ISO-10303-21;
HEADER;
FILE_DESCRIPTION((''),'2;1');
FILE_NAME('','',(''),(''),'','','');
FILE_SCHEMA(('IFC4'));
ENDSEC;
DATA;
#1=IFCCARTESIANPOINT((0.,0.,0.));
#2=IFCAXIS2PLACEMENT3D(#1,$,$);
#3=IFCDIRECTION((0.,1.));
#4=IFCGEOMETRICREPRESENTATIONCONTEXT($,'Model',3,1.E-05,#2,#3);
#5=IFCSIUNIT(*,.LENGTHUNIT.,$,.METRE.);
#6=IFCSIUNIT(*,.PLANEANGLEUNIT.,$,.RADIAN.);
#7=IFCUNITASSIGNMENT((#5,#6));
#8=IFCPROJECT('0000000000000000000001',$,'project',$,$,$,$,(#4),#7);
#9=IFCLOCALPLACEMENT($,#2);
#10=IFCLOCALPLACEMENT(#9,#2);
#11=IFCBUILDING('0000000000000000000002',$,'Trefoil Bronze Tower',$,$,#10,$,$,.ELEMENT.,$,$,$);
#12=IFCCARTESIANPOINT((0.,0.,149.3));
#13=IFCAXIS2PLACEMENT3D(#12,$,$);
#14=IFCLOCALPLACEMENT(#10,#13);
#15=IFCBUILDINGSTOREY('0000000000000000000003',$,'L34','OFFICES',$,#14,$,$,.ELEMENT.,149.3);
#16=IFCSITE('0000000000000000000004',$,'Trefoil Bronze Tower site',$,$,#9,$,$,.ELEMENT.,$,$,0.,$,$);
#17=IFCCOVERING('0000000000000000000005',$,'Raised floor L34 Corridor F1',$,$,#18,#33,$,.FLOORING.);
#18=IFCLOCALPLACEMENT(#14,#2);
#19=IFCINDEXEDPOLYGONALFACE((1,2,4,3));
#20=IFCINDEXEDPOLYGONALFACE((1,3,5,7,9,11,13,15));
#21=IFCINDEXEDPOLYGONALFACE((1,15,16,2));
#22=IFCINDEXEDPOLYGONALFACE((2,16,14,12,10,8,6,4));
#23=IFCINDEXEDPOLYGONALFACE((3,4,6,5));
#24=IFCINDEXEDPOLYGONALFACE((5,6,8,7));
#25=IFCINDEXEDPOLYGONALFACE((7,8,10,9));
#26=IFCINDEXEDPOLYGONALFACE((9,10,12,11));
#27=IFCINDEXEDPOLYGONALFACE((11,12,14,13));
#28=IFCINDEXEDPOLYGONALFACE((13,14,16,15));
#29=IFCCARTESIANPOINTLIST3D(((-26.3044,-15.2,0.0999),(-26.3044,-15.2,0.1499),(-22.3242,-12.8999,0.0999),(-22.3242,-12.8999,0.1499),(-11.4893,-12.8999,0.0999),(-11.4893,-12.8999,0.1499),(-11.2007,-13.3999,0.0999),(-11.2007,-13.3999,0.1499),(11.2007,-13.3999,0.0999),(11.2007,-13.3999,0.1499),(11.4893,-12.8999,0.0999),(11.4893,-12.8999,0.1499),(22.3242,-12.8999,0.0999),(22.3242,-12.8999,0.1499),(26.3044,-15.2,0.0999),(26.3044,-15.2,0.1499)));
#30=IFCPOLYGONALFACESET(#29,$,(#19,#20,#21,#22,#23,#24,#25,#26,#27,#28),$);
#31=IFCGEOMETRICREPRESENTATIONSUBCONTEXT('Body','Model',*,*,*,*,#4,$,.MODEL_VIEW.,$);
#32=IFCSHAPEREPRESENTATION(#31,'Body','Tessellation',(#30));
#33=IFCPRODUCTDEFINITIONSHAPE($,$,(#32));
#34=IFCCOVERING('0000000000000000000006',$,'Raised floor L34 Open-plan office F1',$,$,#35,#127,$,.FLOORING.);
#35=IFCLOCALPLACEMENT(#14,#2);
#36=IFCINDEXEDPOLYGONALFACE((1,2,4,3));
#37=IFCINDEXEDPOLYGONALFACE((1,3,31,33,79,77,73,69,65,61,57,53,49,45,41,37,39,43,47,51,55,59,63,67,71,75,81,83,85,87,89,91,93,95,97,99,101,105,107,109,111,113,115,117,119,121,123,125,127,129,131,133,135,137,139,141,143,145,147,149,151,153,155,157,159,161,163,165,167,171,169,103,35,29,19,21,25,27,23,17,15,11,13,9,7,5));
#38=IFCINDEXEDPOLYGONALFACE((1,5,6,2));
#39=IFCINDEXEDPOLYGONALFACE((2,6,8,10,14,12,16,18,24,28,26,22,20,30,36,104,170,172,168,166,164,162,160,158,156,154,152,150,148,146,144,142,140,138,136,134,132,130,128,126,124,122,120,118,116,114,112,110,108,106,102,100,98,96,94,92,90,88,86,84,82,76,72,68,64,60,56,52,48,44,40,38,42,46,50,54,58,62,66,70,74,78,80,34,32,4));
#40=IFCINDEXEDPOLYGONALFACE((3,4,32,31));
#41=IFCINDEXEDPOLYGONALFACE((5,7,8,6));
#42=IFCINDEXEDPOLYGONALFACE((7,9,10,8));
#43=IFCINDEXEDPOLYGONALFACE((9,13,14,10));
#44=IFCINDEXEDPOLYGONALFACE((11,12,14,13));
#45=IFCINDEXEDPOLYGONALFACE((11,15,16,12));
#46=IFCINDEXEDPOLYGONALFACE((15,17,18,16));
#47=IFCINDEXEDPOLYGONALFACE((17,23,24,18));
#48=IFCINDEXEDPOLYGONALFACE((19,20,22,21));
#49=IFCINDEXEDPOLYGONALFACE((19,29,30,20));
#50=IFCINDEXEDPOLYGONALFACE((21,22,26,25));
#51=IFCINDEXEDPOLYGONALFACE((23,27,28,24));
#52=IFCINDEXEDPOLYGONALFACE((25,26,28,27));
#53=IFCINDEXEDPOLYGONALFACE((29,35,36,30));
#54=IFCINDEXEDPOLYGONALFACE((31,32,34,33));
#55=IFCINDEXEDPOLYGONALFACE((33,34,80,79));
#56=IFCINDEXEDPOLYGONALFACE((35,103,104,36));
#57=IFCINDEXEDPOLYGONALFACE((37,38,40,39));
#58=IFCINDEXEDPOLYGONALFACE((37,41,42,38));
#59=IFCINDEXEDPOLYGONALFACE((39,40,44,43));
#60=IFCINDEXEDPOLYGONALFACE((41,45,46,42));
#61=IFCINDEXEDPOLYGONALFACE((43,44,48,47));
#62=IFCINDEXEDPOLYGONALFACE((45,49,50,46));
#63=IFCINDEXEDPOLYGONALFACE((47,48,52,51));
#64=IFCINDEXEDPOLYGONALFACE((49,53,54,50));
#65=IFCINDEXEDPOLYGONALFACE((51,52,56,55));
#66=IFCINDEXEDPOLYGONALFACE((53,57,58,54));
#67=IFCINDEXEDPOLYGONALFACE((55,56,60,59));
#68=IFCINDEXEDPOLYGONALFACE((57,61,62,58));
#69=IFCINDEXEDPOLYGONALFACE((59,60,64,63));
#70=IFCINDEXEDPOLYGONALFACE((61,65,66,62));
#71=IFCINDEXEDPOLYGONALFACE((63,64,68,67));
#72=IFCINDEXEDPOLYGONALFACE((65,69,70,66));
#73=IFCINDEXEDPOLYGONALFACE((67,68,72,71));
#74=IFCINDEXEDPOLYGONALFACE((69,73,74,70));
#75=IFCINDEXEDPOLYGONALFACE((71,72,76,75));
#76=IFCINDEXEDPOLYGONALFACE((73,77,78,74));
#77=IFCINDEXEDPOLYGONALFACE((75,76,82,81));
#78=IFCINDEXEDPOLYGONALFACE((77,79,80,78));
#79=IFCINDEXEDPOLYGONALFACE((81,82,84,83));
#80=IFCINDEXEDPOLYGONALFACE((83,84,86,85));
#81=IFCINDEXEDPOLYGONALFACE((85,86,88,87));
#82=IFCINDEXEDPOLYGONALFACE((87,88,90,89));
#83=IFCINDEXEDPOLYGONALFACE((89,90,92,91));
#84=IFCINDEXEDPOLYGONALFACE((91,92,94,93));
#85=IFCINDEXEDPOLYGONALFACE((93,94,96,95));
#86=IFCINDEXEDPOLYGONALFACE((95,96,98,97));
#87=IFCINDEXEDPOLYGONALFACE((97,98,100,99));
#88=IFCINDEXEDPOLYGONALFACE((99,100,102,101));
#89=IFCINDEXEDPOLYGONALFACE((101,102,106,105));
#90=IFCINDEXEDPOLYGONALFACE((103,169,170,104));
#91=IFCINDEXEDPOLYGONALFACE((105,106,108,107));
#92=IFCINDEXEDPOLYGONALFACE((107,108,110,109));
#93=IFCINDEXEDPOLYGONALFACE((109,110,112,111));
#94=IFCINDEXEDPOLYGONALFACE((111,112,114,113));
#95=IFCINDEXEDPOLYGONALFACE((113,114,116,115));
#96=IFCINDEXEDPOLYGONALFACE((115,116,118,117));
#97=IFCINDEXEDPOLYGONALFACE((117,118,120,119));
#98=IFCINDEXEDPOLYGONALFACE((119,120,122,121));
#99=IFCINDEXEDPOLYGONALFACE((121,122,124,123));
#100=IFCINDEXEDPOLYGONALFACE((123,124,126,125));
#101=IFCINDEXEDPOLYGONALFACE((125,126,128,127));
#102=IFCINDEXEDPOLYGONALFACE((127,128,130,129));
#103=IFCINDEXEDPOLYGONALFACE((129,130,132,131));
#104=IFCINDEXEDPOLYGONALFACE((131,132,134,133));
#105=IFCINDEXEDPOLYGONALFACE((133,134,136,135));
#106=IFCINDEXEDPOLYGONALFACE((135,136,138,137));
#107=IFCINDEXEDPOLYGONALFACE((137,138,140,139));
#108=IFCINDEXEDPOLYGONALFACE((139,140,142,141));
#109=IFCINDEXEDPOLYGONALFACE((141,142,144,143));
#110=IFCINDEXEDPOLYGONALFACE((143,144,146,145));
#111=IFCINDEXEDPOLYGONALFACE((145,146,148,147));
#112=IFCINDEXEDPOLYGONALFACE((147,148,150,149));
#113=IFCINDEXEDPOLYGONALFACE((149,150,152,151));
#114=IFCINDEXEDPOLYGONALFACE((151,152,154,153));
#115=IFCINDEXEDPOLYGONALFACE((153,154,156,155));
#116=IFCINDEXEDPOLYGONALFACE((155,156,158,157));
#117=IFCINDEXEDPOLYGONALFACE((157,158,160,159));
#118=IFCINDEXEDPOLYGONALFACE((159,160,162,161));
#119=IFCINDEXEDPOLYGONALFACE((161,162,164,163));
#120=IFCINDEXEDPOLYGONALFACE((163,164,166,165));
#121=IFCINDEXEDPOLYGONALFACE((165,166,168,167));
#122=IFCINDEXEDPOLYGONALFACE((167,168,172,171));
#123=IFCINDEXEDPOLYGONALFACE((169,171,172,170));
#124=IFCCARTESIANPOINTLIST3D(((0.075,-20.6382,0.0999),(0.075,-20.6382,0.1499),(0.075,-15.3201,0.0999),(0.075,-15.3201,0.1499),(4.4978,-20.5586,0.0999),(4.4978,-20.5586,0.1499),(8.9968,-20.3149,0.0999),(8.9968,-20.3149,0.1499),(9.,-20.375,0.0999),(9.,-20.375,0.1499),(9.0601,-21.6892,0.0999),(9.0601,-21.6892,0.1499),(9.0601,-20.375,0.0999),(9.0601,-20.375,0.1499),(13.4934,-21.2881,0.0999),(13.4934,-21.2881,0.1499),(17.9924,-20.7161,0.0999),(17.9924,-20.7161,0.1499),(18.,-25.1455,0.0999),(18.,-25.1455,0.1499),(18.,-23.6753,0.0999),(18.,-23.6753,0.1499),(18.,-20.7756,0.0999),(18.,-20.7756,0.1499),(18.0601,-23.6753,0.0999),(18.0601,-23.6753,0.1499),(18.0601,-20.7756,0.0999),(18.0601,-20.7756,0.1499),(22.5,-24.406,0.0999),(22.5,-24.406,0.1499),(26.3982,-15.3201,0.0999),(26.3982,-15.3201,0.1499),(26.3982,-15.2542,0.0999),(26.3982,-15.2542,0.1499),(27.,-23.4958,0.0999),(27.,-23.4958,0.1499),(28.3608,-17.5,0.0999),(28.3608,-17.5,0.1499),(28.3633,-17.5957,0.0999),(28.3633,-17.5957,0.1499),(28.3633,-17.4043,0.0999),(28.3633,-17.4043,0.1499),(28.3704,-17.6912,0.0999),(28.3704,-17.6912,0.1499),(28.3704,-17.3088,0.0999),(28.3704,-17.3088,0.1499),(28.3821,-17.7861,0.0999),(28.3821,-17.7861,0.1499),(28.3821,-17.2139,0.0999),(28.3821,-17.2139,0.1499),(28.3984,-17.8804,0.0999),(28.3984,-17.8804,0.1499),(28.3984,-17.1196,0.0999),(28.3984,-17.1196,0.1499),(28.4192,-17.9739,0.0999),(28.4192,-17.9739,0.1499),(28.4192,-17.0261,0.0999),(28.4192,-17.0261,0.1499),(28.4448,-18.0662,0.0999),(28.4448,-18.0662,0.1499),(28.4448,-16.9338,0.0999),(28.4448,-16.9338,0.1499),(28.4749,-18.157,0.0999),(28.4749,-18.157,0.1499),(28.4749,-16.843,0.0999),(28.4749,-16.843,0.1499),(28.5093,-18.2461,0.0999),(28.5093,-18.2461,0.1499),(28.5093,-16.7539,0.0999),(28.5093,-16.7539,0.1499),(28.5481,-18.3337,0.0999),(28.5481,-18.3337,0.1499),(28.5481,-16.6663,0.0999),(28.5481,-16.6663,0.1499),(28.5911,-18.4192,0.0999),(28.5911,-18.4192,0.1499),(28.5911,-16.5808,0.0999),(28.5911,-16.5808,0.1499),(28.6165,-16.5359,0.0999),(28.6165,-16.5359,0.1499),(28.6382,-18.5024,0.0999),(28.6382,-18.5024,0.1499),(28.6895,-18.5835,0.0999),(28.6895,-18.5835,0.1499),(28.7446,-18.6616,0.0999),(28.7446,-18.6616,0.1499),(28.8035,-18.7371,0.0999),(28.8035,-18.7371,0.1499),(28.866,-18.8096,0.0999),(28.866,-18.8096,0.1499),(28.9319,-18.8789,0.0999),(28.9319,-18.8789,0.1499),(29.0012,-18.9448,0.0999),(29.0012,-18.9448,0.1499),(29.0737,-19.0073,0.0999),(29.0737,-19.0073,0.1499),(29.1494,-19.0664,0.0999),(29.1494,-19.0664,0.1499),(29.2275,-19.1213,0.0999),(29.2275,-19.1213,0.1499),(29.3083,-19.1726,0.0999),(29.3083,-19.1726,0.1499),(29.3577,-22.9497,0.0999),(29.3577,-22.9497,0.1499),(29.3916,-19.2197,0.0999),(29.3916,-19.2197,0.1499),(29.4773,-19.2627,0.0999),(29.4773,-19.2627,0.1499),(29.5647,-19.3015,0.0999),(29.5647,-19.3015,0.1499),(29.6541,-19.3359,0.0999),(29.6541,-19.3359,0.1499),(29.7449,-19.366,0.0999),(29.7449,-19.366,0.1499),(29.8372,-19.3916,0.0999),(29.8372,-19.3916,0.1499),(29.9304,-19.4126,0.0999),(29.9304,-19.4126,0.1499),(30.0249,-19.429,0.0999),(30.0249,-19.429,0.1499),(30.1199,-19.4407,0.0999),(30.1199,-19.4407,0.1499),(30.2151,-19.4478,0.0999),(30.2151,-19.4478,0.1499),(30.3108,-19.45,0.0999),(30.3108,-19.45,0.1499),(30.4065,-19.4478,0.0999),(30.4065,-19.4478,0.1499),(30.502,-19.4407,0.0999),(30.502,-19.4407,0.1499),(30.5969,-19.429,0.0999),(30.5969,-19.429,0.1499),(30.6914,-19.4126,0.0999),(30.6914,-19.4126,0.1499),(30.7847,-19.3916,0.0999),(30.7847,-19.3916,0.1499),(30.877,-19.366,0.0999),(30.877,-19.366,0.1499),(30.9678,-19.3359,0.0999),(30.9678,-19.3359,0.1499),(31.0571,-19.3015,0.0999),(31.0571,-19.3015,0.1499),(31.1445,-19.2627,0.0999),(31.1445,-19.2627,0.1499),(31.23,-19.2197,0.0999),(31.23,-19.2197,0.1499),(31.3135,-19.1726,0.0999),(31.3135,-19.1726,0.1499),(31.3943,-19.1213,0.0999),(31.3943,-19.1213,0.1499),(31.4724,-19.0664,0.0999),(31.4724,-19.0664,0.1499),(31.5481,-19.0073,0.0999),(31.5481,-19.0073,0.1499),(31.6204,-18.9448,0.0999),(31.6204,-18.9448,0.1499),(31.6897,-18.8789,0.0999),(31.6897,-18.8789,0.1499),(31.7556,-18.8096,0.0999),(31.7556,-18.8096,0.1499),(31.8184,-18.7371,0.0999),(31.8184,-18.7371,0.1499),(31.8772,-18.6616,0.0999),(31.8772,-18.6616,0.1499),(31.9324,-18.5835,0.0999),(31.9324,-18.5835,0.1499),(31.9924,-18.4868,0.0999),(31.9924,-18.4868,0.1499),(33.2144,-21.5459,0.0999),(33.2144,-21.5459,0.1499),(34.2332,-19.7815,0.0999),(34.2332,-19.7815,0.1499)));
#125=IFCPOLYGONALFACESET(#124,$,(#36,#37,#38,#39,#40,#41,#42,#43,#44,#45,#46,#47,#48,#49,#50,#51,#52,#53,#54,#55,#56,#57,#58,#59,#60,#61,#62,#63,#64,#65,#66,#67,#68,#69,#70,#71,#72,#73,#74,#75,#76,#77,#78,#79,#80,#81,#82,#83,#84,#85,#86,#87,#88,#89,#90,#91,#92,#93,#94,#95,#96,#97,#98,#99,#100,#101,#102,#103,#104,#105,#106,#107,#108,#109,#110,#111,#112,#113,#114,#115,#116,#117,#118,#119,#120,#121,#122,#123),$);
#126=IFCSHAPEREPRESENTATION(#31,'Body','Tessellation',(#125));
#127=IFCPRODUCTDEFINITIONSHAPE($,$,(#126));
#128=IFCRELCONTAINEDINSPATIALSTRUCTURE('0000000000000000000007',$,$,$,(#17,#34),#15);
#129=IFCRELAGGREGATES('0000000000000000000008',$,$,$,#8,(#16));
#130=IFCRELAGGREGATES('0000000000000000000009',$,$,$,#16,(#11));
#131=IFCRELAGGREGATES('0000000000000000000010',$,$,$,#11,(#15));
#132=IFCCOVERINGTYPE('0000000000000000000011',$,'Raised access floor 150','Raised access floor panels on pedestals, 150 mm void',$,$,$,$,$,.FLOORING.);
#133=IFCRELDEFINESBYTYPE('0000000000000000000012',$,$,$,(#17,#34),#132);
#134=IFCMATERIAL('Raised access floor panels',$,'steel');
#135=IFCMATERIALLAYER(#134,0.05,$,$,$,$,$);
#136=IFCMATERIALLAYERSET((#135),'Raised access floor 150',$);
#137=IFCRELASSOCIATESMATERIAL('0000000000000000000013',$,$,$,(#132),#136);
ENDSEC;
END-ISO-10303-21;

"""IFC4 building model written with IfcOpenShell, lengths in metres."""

from ifc_helpers import new_model, si_unit, direction, frame, origin, place, context, subcontext, project, spatial, polyline, outline, extrude, material, layer, layer_set, type_object, element, save


model = new_model("IFC4")

# Units and contexts
model_context = context("Model", 3, precision=1e-05, world=origin(), true_north=direction((0.0, 1.0)))
body_context = subcontext(model_context, "Body", "Model", "MODEL_VIEW")
ifc_project = project(units=[si_unit("LENGTHUNIT", "METRE"), si_unit("PLANEANGLEUNIT", "RADIAN")], contexts=[model_context])

# Site, building, storey
site_placement = place(None, origin())
site = spatial("IfcSite", under=ifc_project, at=site_placement, Name="Trefoil Bronze Tower site", CompositionType="ELEMENT", RefElevation=0.0)
building_placement = place(site_placement, origin())
building = spatial("IfcBuilding", under=site, at=building_placement, Name="Trefoil Bronze Tower", CompositionType="ELEMENT")
storey_placement = place(building_placement, frame((0.0, 0.0, 149.3)))
storey = spatial("IfcBuildingStorey", under=building, at=storey_placement, Name="L34", Description="OFFICES", CompositionType="ELEMENT", Elevation=149.3)

# Coverings
ifc_material_1 = material(Name="Raised access floor panels", Category="steel")
ifc_layer_1 = layer(ifc_material_1, 0.05)
ifc_layer_set_1 = layer_set([ifc_layer_1], Name="Raised access floor 150")
covering_type_1 = type_object("IfcCoveringType", Name="Raised access floor 150", Description="Raised access floor panels on pedestals, 150 mm void", PredefinedType="FLOORING", material=ifc_layer_set_1)
covering_1_placement = place(storey_placement, frame((0.0, 0.0, 0.0999)))
element("IfcCovering", 1, at=covering_1_placement, inside=storey, type_object=covering_type_1, Name="Raised floor L34 Corridor F1", PredefinedType="FLOORING", context=body_context, shape_type="SweptSolid", body=[
    extrude(outline(polyline([(-26.3044, -15.2), (-22.3242, -12.8999), (-11.4893, -12.8999), (-11.2007, -13.3999), (11.2007, -13.3999), (11.4893, -12.8999), (22.3242, -12.8999), (26.3044, -15.2), (-26.3044, -15.2)])), origin(), (0.0, 0.0, 1.0), 0.05),
])
covering_2_placement = place(storey_placement, frame((0.0, 0.0, 0.0999)))
element("IfcCovering", 2, at=covering_2_placement, inside=storey, type_object=covering_type_1, Name="Raised floor L34 Open-plan office F1", PredefinedType="FLOORING", context=body_context, shape_type="SweptSolid", body=[
    extrude(outline(polyline([(18.0, -23.6753), (18.0601, -23.6753), (18.0601, -20.7756), (18.0, -20.7756), (17.9924, -20.7161), (13.4934, -21.2881), (9.0601, -21.6892), (9.0601, -20.375), (9.0, -20.375), (8.9968, -20.3149), (4.4978, -20.5586), (0.075, -20.6382), (0.075, -15.3201), (26.3982, -15.3201), (26.3982, -15.2542), (28.6165, -16.5359), (28.5911, -16.5808), (28.5481, -16.6663), (28.5093, -16.7539), (28.4749, -16.843), (28.4448, -16.9338), (28.4192, -17.0261), (28.3984, -17.1196), (28.3821, -17.2139), (28.3704, -17.3088), (28.3633, -17.4043), (28.3608, -17.5), (28.3633, -17.5957), (28.3704, -17.6912), (28.3821, -17.7861), (28.3984, -17.8804), (28.4192, -17.9739), (28.4448, -18.0662), (28.4749, -18.157), (28.5093, -18.2461), (28.5481, -18.3337), (28.5911, -18.4192), (28.6382, -18.5024), (28.6895, -18.5835), (28.7446, -18.6616), (28.8035, -18.7371), (28.866, -18.8096), (28.9319, -18.8789), (29.0012, -18.9448), (29.0737, -19.0073), (29.1494, -19.0664), (29.2275, -19.1213), (29.3083, -19.1726), (29.3916, -19.2197), (29.4773, -19.2627), (29.5647, -19.3015), (29.6541, -19.3359), (29.7449, -19.366), (29.8372, -19.3916), (29.9304, -19.4126), (30.0249, -19.429), (30.1199, -19.4407), (30.2151, -19.4478), (30.3108, -19.45), (30.4065, -19.4478), (30.502, -19.4407), (30.5969, -19.429), (30.6914, -19.4126), (30.7847, -19.3916), (30.877, -19.366), (30.9678, -19.3359), (31.0571, -19.3015), (31.1445, -19.2627), (31.23, -19.2197), (31.3135, -19.1726), (31.3943, -19.1213), (31.4724, -19.0664), (31.5481, -19.0073), (31.6204, -18.9448), (31.6897, -18.8789), (31.7556, -18.8096), (31.8184, -18.7371), (31.8772, -18.6616), (31.9324, -18.5835), (31.9924, -18.4868), (34.2332, -19.7815), (33.2144, -21.5459), (29.3577, -22.9497), (27.0, -23.4958), (22.5, -24.406), (18.0, -25.1455), (18.0, -23.6753)])), origin(), (0.0, 0.0, 1.0), 0.05),
])

save(model, "model.ifc")
